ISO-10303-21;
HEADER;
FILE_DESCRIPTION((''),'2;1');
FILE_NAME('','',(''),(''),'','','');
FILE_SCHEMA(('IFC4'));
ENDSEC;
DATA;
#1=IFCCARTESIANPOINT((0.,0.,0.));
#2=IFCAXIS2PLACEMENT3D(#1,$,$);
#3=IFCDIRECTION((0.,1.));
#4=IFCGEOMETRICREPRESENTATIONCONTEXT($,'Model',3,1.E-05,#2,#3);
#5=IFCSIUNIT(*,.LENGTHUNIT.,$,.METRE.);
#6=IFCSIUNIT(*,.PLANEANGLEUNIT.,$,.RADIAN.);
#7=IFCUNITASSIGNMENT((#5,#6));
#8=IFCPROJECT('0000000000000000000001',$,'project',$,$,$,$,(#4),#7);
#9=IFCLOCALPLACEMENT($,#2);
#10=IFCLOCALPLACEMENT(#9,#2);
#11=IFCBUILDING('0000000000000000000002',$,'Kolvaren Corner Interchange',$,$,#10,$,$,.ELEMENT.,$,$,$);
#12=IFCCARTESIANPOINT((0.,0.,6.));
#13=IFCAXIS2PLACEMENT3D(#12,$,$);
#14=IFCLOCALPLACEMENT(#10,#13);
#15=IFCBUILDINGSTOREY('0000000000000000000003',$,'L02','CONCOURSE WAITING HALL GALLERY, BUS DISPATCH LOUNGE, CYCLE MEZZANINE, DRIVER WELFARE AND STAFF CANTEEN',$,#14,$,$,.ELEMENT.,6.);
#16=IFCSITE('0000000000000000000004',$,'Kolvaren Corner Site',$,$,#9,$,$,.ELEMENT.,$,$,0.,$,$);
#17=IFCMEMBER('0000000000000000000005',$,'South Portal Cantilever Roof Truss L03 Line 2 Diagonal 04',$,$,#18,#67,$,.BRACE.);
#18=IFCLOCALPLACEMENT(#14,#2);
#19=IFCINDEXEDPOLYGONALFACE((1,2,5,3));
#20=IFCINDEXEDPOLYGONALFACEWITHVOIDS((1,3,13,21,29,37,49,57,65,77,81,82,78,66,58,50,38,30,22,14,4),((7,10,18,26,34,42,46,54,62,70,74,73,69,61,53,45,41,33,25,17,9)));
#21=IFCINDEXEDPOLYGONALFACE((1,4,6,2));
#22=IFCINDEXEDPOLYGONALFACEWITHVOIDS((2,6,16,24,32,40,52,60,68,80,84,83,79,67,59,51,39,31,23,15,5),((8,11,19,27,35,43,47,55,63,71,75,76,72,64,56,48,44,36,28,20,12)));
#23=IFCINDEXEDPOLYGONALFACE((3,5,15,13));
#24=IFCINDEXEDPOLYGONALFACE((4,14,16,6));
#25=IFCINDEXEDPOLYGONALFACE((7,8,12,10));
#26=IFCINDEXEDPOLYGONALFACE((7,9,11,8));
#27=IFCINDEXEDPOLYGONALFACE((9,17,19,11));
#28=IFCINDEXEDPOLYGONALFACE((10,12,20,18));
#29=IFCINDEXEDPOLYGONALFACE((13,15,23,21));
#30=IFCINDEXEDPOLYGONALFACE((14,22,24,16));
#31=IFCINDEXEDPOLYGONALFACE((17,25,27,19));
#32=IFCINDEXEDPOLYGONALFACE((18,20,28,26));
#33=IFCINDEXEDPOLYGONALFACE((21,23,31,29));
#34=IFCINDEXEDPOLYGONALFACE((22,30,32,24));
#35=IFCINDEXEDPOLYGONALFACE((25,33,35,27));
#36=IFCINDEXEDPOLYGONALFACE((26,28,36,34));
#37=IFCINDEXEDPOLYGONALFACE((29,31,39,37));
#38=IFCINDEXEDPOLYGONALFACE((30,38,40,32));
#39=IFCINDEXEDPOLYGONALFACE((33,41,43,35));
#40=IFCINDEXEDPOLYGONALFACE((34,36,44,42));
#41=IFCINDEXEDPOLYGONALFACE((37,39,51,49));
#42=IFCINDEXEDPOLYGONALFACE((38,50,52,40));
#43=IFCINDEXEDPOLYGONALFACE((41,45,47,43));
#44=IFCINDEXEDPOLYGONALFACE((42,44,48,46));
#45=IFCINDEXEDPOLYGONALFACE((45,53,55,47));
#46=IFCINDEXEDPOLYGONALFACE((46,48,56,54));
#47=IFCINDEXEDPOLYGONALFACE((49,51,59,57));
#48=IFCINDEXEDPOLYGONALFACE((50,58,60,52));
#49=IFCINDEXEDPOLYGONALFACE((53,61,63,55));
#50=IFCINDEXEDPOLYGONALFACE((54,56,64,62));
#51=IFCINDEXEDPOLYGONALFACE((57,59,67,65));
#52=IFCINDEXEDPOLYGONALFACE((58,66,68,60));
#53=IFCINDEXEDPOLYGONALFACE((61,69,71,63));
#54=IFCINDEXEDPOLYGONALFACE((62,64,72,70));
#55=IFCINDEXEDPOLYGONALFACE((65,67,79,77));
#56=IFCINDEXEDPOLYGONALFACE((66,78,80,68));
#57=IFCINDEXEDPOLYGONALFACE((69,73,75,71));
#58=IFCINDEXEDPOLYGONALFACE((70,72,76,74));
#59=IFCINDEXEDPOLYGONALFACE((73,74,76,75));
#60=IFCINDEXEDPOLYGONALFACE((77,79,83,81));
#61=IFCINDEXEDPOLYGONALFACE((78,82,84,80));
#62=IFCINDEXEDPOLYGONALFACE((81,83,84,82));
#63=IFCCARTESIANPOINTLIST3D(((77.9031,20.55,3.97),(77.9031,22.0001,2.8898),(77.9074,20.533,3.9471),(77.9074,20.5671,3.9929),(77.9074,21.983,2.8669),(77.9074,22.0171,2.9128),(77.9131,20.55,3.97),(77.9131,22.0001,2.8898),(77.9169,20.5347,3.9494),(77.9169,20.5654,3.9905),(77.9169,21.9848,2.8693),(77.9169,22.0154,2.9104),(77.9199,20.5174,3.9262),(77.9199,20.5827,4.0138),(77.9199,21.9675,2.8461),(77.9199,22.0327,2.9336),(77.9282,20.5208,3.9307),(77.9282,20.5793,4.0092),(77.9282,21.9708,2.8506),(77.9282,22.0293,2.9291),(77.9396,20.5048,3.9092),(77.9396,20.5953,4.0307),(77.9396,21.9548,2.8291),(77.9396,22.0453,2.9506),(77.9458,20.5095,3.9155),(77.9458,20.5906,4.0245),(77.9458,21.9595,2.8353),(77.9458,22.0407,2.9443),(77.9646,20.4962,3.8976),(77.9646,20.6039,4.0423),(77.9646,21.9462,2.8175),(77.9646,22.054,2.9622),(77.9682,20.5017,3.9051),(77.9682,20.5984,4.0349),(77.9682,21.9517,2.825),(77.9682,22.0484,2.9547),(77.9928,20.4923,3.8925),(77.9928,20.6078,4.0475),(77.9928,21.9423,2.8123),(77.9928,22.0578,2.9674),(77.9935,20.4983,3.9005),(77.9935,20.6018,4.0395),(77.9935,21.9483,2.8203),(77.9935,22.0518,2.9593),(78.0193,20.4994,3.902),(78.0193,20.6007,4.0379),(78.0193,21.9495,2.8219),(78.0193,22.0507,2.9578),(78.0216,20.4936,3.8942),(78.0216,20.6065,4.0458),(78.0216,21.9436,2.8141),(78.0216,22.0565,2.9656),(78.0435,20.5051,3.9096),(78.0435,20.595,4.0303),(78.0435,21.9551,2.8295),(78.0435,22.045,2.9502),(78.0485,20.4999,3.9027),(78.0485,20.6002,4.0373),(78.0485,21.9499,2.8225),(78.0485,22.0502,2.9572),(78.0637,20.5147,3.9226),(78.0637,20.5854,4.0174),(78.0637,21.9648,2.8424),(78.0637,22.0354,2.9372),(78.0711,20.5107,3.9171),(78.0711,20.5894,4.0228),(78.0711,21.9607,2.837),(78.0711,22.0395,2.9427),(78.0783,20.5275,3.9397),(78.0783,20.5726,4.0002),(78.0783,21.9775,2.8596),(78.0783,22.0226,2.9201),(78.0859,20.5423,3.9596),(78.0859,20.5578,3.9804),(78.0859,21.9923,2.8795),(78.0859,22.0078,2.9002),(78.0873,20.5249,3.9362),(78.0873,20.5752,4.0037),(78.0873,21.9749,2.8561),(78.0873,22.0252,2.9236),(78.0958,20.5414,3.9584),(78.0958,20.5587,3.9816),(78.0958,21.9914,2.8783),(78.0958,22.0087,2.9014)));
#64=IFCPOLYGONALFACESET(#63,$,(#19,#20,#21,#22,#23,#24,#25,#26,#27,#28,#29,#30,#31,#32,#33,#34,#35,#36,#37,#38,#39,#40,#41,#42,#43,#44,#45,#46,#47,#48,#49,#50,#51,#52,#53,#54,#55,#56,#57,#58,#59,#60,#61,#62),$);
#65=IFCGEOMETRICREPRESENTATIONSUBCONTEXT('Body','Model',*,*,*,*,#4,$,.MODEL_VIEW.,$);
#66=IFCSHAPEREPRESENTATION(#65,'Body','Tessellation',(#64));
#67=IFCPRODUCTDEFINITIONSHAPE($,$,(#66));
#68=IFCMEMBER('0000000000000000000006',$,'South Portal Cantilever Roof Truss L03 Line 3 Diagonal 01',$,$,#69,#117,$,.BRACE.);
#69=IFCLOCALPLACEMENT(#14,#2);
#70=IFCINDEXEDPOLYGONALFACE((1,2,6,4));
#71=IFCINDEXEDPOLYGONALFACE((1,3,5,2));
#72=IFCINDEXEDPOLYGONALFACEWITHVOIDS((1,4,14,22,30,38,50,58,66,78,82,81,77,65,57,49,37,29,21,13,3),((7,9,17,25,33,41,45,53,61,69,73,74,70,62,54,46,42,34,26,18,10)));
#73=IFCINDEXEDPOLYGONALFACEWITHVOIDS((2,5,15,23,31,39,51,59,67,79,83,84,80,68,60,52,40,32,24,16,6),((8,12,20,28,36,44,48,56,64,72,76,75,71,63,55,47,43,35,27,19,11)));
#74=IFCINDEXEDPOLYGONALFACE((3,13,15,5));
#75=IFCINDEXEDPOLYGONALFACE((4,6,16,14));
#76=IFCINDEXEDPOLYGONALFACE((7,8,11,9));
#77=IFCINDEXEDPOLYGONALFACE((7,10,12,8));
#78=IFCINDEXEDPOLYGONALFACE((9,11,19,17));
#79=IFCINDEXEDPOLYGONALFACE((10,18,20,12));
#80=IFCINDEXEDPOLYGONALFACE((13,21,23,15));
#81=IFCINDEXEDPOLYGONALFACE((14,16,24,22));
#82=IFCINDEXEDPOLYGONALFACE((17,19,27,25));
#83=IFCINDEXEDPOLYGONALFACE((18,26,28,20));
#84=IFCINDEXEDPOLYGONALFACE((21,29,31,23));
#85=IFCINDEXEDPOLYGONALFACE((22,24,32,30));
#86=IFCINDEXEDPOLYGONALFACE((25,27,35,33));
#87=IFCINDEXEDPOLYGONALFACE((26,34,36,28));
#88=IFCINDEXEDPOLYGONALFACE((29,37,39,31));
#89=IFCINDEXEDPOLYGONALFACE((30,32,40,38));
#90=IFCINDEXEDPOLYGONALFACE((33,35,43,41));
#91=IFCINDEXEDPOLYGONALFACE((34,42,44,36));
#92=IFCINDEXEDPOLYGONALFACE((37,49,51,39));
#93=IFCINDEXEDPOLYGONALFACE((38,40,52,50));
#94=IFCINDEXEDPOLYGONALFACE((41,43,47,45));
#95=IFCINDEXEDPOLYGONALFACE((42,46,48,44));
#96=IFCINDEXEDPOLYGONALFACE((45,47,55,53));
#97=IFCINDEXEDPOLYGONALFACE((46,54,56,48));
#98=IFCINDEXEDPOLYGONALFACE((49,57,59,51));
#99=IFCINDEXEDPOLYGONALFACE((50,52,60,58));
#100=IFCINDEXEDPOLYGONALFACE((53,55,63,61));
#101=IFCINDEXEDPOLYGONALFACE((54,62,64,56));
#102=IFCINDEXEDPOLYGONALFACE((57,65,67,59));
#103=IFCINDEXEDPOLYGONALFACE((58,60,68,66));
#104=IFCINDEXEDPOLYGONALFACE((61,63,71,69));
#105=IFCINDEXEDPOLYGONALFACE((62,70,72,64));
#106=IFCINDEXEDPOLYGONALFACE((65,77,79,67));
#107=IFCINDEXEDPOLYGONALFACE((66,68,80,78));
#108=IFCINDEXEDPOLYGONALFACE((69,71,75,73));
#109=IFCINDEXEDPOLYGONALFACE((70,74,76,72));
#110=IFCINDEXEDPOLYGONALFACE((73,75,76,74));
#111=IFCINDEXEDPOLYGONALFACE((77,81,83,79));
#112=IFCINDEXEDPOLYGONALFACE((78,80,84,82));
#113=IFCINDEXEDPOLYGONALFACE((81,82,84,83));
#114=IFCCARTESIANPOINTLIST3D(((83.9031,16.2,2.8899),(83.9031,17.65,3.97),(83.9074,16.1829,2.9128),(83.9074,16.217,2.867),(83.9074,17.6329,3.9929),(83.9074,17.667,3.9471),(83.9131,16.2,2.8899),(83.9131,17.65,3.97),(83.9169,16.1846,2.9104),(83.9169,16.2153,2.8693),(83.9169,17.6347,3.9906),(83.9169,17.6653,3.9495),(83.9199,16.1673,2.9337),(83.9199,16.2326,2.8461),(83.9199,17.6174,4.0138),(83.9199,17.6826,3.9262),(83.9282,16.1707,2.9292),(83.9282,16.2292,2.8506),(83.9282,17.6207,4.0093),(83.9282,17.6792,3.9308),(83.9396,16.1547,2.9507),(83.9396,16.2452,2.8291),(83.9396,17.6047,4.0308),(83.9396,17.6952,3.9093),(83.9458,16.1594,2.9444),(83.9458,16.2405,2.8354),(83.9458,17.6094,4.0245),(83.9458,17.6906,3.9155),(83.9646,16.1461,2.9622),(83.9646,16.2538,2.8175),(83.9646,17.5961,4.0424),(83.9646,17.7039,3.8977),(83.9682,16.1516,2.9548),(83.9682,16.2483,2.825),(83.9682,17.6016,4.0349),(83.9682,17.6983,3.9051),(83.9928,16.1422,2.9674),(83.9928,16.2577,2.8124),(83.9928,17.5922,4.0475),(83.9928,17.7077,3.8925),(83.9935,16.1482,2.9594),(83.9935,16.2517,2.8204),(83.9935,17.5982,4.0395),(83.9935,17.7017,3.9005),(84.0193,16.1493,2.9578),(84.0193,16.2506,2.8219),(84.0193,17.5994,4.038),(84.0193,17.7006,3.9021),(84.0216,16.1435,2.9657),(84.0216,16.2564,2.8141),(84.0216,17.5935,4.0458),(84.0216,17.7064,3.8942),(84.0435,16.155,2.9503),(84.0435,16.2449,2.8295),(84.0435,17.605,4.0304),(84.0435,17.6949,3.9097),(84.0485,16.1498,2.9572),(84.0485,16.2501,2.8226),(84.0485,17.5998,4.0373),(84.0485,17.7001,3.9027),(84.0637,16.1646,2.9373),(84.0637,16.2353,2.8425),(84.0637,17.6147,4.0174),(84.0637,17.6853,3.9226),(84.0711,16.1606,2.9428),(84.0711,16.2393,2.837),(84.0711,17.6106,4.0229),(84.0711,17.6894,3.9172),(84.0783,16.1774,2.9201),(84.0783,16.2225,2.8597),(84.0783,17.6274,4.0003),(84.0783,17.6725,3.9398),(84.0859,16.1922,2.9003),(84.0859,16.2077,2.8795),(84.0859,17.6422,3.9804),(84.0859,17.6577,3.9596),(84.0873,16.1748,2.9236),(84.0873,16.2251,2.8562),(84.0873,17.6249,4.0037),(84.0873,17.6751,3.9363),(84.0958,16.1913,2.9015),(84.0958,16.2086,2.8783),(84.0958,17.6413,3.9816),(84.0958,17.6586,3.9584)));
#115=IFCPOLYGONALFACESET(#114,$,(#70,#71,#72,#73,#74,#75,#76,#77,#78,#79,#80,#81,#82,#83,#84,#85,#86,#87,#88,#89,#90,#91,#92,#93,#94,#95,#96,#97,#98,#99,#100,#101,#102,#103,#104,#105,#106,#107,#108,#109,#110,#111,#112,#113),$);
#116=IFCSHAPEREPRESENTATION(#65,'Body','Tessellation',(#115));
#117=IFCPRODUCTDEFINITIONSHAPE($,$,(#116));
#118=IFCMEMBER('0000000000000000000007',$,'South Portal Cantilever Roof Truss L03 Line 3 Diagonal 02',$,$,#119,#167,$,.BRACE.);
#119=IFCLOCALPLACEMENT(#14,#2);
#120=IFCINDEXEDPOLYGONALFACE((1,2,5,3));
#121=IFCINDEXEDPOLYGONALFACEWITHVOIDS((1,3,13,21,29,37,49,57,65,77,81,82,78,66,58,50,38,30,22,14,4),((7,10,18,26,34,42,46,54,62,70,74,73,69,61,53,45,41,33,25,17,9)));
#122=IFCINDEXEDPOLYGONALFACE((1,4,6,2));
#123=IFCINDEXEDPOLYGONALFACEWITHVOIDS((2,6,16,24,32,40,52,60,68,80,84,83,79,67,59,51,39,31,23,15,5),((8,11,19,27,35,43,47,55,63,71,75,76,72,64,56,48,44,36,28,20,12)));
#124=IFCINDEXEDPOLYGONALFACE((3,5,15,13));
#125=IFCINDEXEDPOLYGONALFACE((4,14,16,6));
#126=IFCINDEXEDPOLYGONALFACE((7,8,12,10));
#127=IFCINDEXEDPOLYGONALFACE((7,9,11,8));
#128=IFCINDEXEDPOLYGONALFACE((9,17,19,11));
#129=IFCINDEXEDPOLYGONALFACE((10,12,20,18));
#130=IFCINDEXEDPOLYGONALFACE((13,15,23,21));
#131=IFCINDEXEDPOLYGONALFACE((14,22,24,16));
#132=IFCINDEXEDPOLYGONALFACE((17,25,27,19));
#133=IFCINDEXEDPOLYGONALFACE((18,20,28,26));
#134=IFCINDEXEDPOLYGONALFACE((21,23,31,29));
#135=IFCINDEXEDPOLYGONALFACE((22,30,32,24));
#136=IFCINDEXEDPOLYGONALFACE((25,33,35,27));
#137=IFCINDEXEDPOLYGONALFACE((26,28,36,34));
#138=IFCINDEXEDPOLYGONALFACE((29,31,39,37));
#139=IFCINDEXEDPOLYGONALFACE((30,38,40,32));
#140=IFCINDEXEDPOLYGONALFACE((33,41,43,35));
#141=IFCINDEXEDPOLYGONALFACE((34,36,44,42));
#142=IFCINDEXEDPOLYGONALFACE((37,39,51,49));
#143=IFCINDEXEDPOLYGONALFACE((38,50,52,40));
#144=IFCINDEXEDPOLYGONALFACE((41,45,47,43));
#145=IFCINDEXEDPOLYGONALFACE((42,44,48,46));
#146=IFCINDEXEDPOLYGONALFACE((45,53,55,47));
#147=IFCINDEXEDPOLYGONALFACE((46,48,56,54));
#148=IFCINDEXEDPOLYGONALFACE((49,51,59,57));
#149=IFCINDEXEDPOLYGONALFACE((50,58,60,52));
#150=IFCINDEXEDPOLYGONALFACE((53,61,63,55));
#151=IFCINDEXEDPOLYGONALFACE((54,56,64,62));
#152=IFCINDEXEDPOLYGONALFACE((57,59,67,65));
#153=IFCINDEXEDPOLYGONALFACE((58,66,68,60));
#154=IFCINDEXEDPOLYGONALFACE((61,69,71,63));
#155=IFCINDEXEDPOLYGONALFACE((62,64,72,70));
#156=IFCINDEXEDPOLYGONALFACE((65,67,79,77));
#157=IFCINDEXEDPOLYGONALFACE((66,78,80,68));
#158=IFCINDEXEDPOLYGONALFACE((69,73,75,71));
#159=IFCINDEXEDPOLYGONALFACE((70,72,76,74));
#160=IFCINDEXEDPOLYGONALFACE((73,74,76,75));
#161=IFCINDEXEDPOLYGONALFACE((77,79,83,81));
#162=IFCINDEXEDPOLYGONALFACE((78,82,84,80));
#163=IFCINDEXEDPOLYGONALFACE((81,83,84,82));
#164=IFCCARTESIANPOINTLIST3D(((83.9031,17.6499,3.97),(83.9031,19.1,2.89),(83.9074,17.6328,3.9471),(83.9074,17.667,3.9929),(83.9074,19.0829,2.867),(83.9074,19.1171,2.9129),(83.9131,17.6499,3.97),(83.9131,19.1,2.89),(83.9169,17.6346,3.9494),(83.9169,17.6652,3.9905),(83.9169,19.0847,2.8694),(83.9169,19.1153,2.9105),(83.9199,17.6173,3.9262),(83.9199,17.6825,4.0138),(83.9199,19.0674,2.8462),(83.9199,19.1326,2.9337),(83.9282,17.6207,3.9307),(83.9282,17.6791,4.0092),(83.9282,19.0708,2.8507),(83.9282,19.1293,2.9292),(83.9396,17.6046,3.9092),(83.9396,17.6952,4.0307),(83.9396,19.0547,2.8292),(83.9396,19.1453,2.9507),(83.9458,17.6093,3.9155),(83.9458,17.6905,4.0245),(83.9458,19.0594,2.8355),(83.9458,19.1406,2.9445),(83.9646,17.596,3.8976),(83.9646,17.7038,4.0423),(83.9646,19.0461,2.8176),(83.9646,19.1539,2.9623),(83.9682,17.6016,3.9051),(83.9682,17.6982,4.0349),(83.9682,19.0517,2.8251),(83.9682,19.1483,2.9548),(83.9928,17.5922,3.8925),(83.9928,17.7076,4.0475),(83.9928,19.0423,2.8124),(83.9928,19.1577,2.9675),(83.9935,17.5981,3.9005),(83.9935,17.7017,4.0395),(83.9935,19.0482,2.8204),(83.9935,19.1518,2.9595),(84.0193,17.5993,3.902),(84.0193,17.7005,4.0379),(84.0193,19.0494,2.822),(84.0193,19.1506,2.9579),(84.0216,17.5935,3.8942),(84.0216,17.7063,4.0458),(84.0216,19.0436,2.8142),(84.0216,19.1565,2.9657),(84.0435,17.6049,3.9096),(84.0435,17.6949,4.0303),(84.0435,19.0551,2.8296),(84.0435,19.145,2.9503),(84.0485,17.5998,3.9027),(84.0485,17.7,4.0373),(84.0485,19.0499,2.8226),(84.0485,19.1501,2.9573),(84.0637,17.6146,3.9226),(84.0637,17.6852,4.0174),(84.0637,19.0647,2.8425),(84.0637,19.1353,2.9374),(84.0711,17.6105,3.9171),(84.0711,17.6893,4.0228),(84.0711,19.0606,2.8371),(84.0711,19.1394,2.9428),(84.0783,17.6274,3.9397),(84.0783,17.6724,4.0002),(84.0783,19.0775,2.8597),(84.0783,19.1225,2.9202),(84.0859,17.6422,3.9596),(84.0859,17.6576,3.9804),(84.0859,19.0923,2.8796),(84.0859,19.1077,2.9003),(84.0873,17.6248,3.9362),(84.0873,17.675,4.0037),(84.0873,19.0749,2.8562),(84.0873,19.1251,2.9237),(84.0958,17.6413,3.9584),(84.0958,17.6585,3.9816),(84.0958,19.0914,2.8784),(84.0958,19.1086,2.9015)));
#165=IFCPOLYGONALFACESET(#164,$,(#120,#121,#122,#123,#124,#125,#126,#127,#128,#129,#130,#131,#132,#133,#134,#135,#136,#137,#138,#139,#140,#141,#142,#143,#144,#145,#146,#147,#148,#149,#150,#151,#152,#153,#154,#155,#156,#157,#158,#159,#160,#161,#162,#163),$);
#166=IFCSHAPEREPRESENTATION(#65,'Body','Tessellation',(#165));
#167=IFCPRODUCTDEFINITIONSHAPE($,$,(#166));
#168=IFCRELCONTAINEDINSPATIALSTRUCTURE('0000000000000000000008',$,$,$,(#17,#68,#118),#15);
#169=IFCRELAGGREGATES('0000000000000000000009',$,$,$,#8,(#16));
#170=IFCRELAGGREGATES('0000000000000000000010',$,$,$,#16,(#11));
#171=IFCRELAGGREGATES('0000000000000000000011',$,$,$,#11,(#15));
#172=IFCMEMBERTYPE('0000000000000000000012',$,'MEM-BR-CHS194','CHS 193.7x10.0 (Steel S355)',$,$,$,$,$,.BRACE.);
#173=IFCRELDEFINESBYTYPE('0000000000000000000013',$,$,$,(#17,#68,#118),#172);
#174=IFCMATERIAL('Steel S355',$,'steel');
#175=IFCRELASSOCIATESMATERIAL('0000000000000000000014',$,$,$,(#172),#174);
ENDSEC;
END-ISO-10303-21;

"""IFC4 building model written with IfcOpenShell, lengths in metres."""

from ifc_helpers import new_model, si_unit, direction, frame, origin, origin_2d, place, context, subcontext, project, spatial, hollow_circle, extrude, material, material_profile, profile_set, type_object, element, save


model = new_model("IFC4")

# Units and contexts
model_context = context("Model", 3, precision=1e-05, world=origin(), true_north=direction((0.0, 1.0)))
body_context = subcontext(model_context, "Body", "Model", "MODEL_VIEW")
ifc_project = project(units=[si_unit("LENGTHUNIT", "METRE"), si_unit("PLANEANGLEUNIT", "RADIAN")], contexts=[model_context])

# Site, building, storey
site_placement = place(None, origin())
site = spatial("IfcSite", under=ifc_project, at=site_placement, Name="Kolvaren Corner Site", CompositionType="ELEMENT", RefElevation=0.0)
building_placement = place(site_placement, origin())
building = spatial("IfcBuilding", under=site, at=building_placement, Name="Kolvaren Corner Interchange", CompositionType="ELEMENT")
storey_placement = place(building_placement, frame((0.0, 0.0, 6.0)))
storey = spatial("IfcBuildingStorey", under=building, at=storey_placement, Name="L02", Description="CONCOURSE WAITING HALL GALLERY, BUS DISPATCH LOUNGE, CYCLE MEZZANINE, DRIVER WELFARE AND STAFF CANTEEN", CompositionType="ELEMENT", Elevation=6.0)

# Members
ifc_material_1 = material(Name="Steel S355", Category="steel")
ifc_material_profile_1 = material_profile(ifc_material_1, hollow_circle(Radius=0.0969, WallThickness=0.01, at=origin_2d()), Name="CHS 193.7x10.0")
ifc_profile_set_1 = profile_set([ifc_material_profile_1], Name="Steel S355")
member_type_1 = type_object("IfcMemberType", Name="MEM-BR-CHS194", Description="CHS 193.7x10.0 (Steel S355)", PredefinedType="BRACE", material=ifc_profile_set_1)
for number, where, z_axis, x_axis, name in (
    (1, (78.0, 20.55, 3.97), (0.0, 0.801956, -0.597383), (-1.0, 0.0, 0.0), "South Portal Cantilever Roof Truss L03 Line 2 Diagonal 04"),
    (2, (84.0, 16.2, 2.8899), (0.0, 0.801956, 0.597383), (-1.0, 0.0, 0.0), "South Portal Cantilever Roof Truss L03 Line 3 Diagonal 01"),
    (3, (84.0, 17.6499, 3.97), (0.0, 0.802005, -0.597318), (-1.0, 0.0, 0.0), "South Portal Cantilever Roof Truss L03 Line 3 Diagonal 02"),
):
    element("IfcMember", number, at=place(storey_placement, frame(where, z_axis=z_axis, x_axis=x_axis)), inside=storey, type_object=member_type_1, Name=name, PredefinedType="BRACE", context=body_context, shape_type="SweptSolid", body=[
        extrude(hollow_circle(Radius=0.0969, WallThickness=0.01, at=origin_2d()), origin(), (0.0, 0.0, 1.0), 1.8081),
    ])

save(model, "model.ifc")
